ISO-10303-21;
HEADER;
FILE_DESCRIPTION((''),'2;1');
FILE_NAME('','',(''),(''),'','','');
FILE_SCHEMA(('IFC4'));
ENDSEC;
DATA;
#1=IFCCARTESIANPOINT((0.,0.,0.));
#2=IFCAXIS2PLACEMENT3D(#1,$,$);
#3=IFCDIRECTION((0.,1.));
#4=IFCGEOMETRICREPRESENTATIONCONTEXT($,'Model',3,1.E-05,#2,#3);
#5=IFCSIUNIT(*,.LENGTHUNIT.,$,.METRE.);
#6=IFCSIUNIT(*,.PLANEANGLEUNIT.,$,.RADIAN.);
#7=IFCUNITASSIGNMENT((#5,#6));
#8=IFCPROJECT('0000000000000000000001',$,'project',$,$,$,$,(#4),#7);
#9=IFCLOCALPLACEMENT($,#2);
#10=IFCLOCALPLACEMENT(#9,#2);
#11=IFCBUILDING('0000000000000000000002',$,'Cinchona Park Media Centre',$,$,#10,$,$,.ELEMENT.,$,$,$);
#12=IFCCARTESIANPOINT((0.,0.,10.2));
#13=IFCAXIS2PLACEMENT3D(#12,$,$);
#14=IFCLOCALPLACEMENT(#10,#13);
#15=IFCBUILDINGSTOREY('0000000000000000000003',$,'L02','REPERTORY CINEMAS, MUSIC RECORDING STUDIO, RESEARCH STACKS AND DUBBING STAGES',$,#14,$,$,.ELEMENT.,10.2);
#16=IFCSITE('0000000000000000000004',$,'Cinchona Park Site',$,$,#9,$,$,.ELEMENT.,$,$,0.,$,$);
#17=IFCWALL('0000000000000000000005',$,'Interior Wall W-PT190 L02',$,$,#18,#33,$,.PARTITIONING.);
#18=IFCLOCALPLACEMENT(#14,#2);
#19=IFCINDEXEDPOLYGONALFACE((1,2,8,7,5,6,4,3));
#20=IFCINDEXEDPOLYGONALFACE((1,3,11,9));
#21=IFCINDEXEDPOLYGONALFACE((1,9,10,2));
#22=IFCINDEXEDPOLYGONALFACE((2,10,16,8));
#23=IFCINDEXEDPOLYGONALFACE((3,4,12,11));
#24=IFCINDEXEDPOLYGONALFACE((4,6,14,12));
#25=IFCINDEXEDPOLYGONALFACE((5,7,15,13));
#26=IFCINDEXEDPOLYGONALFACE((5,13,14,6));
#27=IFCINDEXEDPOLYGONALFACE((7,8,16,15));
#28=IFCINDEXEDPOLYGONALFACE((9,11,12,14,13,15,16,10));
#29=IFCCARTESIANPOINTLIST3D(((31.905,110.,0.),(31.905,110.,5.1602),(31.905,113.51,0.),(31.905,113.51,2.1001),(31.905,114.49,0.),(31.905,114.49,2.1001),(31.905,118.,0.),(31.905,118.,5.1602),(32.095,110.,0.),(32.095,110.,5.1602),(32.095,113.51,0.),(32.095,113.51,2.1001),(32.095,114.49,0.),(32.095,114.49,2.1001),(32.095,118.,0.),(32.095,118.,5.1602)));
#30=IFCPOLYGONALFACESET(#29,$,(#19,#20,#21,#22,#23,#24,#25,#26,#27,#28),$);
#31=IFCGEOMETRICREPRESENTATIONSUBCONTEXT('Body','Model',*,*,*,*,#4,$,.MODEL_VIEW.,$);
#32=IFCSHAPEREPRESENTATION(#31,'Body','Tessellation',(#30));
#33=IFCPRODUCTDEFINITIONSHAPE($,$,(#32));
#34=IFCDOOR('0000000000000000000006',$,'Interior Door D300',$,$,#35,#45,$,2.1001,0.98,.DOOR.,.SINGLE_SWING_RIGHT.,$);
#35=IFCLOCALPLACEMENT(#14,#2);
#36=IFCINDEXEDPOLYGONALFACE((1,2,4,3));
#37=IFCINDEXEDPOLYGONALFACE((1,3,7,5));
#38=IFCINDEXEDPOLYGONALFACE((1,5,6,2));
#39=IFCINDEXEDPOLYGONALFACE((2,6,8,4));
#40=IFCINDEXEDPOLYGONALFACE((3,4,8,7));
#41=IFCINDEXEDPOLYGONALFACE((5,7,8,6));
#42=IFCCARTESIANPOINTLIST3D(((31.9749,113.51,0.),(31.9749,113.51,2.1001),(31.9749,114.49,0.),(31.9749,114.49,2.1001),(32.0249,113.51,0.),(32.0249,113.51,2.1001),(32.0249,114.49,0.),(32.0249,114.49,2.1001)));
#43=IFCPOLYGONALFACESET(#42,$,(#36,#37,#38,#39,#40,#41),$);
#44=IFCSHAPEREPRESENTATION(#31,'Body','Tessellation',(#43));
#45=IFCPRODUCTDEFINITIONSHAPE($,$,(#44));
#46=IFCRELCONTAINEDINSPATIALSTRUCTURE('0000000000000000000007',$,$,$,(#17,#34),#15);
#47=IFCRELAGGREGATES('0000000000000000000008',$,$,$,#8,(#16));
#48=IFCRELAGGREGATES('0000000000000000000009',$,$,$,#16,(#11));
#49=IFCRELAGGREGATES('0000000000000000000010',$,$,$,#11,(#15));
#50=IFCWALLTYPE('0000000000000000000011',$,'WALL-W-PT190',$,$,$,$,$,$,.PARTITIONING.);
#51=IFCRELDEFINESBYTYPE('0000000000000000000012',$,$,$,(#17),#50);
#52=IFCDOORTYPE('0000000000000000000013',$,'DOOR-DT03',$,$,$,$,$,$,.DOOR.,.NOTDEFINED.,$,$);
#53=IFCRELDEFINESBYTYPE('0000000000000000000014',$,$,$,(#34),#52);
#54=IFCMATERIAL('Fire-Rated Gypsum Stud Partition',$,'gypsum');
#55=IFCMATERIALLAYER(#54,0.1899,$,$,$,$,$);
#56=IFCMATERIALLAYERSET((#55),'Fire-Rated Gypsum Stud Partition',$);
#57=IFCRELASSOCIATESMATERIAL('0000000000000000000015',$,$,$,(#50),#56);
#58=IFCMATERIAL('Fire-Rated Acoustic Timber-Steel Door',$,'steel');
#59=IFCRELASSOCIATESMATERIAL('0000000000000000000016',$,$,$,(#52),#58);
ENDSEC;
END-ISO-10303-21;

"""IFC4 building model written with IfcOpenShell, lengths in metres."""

from ifc_helpers import new_model, si_unit, direction, frame, frame_2d, origin, place, context, subcontext, project, spatial, rectangle, extrude, material, layer, layer_set, type_object, element, fill, save


model = new_model("IFC4")

# Units and contexts
model_context = context("Model", 3, precision=1e-05, world=origin(), true_north=direction((0.0, 1.0)))
body_context = subcontext(model_context, "Body", "Model", "MODEL_VIEW")
ifc_project = project(units=[si_unit("LENGTHUNIT", "METRE"), si_unit("PLANEANGLEUNIT", "RADIAN")], contexts=[model_context])

# Site, building, storey
site_placement = place(None, origin())
site = spatial("IfcSite", under=ifc_project, at=site_placement, Name="Cinchona Park Site", CompositionType="ELEMENT", RefElevation=0.0)
building_placement = place(site_placement, origin())
building = spatial("IfcBuilding", under=site, at=building_placement, Name="Cinchona Park Media Centre", CompositionType="ELEMENT")
storey_placement = place(building_placement, frame((0.0, 0.0, 10.2)))
storey = spatial("IfcBuildingStorey", under=building, at=storey_placement, Name="L02", Description="REPERTORY CINEMAS, MUSIC RECORDING STUDIO, RESEARCH STACKS AND DUBBING STAGES", CompositionType="ELEMENT", Elevation=10.2)

# Wall, opening, door
ifc_material_1 = material(Name="Fire-Rated Gypsum Stud Partition", Category="gypsum")
ifc_layer_1 = layer(ifc_material_1, 0.1899)
ifc_layer_set_1 = layer_set([ifc_layer_1], Name="Fire-Rated Gypsum Stud Partition")
wall_type_1 = type_object("IfcWallType", Name="WALL-W-PT190", PredefinedType="PARTITIONING", material=ifc_layer_set_1)
wall_1_placement = place(storey_placement, frame((32.0, 118.0, 0.0), z_axis=(0.0, 0.0, 1.0), x_axis=(0.0, -1.0, 0.0)))
wall_1 = element("IfcWall", 1, at=wall_1_placement, inside=storey, type_object=wall_type_1, Name="Interior Wall W-PT190 L02", PredefinedType="PARTITIONING", context=body_context, shape_type="SweptSolid", body=[
    extrude(rectangle(XDim=8.0, YDim=0.1899, at=frame_2d((4.0, 0.0))), origin(), (0.0, 0.0, 1.0), 5.1602),
])
opening_placement = place(wall_1_placement, frame((3.51, 0.0, 0.0)))
opening = element("IfcOpeningElement", 2, at=opening_placement, cuts=wall_1, PredefinedType="OPENING", context=body_context, shape_type="SweptSolid", body=[
    extrude(rectangle(XDim=0.98, YDim=2.1001, at=frame_2d((0.49, 1.05))), frame((0.0, 0.105, 0.0), z_axis=(0.0, -1.0, 0.0), x_axis=(1.0, 0.0, 0.0)), (0.0, 0.0, 1.0), 0.21),
])
ifc_material_2 = material(Name="Fire-Rated Acoustic Timber-Steel Door", Category="steel")
door_type = type_object("IfcDoorType", Name="DOOR-DT03", OperationType="NOTDEFINED", PredefinedType="DOOR", material=ifc_material_2)
door_placement = place(opening_placement, origin())
door = element("IfcDoor", 3, at=door_placement, inside=storey, type_object=door_type, Name="Interior Door D300", OperationType="SINGLE_SWING_RIGHT", OverallHeight=2.1001, OverallWidth=0.98, PredefinedType="DOOR", context=body_context, shape_type="SweptSolid", body=[
    extrude(rectangle(XDim=0.98, YDim=2.1001, at=frame_2d((0.49, 1.05))), frame((0.0, 0.0249, 0.0), z_axis=(0.0, -1.0, 0.0), x_axis=(1.0, 0.0, 0.0)), (0.0, 0.0, 1.0), 0.05),
])
fill(opening, door)

save(model, "model.ifc")
